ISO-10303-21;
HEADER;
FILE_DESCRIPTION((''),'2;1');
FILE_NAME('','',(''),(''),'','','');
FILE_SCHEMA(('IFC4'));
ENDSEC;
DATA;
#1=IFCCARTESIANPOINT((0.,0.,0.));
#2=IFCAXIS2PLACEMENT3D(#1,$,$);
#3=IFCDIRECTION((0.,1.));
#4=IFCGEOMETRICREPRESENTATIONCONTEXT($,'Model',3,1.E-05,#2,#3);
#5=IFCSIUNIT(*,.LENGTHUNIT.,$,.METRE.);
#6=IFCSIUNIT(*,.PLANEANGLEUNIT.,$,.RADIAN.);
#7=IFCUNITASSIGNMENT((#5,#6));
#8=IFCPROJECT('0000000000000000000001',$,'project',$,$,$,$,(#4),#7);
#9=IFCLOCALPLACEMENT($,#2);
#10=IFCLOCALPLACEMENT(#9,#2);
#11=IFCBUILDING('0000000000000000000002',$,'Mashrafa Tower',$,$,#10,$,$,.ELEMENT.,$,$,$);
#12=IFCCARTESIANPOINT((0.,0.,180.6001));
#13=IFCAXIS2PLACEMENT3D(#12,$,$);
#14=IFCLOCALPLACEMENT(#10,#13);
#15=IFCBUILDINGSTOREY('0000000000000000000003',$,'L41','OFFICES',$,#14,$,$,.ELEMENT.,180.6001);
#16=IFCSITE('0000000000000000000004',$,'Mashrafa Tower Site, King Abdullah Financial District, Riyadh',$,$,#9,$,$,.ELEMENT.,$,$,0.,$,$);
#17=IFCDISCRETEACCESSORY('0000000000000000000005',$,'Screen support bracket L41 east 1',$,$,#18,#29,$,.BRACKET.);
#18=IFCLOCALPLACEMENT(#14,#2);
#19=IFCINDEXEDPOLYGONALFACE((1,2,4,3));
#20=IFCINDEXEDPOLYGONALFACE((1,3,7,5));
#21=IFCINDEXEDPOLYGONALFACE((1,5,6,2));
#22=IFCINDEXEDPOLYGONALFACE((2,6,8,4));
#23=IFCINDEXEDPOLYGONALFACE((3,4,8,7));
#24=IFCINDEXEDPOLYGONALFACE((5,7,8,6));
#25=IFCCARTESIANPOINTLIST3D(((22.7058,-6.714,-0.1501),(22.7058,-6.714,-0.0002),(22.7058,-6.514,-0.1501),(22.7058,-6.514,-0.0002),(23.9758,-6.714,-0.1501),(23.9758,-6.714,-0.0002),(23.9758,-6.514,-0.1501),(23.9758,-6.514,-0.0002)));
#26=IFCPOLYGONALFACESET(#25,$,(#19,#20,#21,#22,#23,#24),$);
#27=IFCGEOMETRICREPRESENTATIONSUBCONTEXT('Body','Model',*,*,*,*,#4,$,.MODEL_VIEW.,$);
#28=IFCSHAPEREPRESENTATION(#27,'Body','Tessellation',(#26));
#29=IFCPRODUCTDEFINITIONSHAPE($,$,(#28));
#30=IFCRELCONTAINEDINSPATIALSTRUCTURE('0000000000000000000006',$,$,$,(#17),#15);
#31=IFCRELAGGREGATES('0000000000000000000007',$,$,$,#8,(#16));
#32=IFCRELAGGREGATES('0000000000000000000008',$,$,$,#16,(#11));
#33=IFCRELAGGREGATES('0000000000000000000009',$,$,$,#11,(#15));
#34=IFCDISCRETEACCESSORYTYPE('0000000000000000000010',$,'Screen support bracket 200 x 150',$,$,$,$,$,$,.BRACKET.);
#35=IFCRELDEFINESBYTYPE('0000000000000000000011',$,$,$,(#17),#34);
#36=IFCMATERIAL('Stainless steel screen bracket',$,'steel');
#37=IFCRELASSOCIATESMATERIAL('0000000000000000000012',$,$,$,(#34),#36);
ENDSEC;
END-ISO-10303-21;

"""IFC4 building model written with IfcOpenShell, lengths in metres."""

from ifc_helpers import new_model, si_unit, direction, frame, origin, origin_2d, place, context, subcontext, project, spatial, rectangle, extrude, source, transform, mapped, material, type_object, type_shapes, element, save


model = new_model("IFC4")

# Units and contexts
model_context = context("Model", 3, precision=1e-05, world=origin(), true_north=direction((0.0, 1.0)))
body_context = subcontext(model_context, "Body", "Model", "MODEL_VIEW")
ifc_project = project(units=[si_unit("LENGTHUNIT", "METRE"), si_unit("PLANEANGLEUNIT", "RADIAN")], contexts=[model_context])

# Site, building, storey
site_placement = place(None, origin())
site = spatial("IfcSite", under=ifc_project, at=site_placement, Name="Mashrafa Tower Site, King Abdullah Financial District, Riyadh", CompositionType="ELEMENT", RefElevation=0.0)
building_placement = place(site_placement, origin())
building = spatial("IfcBuilding", under=site, at=building_placement, Name="Mashrafa Tower", CompositionType="ELEMENT")
storey_placement = place(building_placement, frame((0.0, 0.0, 180.6001)))
storey = spatial("IfcBuildingStorey", under=building, at=storey_placement, Name="L41", Description="OFFICES", CompositionType="ELEMENT", Elevation=180.6001)

# Discrete accessory
ifc_material_1 = material(Name="Stainless steel screen bracket", Category="steel")
discrete_accessory_type = type_object("IfcDiscreteAccessoryType", Name="Screen support bracket 200 x 150", PredefinedType="BRACKET", material=ifc_material_1)
shared_shape_1 = source(origin(), body_context, "Body", "SweptSolid", [
    extrude(rectangle(XDim=0.2, YDim=1.27, at=origin_2d()), origin(), (0.0, 0.0, 1.0), 0.1499),
])
type_shapes(discrete_accessory_type, [shared_shape_1])
discrete_accessory_placement = place(storey_placement, frame((23.3408, -6.614, -0.1501), z_axis=(0.0, 0.0, 1.0), x_axis=(0.0, 1.0, 0.0)))
element("IfcDiscreteAccessory", 1, at=discrete_accessory_placement, inside=storey, type_object=discrete_accessory_type, Name="Screen support bracket L41 east 1", PredefinedType="BRACKET", context=body_context, shape_type="MappedRepresentation", body=[
    mapped(shared_shape_1, transform((0.0, 0.0, 0.0))),
])

save(model, "model.ifc")
